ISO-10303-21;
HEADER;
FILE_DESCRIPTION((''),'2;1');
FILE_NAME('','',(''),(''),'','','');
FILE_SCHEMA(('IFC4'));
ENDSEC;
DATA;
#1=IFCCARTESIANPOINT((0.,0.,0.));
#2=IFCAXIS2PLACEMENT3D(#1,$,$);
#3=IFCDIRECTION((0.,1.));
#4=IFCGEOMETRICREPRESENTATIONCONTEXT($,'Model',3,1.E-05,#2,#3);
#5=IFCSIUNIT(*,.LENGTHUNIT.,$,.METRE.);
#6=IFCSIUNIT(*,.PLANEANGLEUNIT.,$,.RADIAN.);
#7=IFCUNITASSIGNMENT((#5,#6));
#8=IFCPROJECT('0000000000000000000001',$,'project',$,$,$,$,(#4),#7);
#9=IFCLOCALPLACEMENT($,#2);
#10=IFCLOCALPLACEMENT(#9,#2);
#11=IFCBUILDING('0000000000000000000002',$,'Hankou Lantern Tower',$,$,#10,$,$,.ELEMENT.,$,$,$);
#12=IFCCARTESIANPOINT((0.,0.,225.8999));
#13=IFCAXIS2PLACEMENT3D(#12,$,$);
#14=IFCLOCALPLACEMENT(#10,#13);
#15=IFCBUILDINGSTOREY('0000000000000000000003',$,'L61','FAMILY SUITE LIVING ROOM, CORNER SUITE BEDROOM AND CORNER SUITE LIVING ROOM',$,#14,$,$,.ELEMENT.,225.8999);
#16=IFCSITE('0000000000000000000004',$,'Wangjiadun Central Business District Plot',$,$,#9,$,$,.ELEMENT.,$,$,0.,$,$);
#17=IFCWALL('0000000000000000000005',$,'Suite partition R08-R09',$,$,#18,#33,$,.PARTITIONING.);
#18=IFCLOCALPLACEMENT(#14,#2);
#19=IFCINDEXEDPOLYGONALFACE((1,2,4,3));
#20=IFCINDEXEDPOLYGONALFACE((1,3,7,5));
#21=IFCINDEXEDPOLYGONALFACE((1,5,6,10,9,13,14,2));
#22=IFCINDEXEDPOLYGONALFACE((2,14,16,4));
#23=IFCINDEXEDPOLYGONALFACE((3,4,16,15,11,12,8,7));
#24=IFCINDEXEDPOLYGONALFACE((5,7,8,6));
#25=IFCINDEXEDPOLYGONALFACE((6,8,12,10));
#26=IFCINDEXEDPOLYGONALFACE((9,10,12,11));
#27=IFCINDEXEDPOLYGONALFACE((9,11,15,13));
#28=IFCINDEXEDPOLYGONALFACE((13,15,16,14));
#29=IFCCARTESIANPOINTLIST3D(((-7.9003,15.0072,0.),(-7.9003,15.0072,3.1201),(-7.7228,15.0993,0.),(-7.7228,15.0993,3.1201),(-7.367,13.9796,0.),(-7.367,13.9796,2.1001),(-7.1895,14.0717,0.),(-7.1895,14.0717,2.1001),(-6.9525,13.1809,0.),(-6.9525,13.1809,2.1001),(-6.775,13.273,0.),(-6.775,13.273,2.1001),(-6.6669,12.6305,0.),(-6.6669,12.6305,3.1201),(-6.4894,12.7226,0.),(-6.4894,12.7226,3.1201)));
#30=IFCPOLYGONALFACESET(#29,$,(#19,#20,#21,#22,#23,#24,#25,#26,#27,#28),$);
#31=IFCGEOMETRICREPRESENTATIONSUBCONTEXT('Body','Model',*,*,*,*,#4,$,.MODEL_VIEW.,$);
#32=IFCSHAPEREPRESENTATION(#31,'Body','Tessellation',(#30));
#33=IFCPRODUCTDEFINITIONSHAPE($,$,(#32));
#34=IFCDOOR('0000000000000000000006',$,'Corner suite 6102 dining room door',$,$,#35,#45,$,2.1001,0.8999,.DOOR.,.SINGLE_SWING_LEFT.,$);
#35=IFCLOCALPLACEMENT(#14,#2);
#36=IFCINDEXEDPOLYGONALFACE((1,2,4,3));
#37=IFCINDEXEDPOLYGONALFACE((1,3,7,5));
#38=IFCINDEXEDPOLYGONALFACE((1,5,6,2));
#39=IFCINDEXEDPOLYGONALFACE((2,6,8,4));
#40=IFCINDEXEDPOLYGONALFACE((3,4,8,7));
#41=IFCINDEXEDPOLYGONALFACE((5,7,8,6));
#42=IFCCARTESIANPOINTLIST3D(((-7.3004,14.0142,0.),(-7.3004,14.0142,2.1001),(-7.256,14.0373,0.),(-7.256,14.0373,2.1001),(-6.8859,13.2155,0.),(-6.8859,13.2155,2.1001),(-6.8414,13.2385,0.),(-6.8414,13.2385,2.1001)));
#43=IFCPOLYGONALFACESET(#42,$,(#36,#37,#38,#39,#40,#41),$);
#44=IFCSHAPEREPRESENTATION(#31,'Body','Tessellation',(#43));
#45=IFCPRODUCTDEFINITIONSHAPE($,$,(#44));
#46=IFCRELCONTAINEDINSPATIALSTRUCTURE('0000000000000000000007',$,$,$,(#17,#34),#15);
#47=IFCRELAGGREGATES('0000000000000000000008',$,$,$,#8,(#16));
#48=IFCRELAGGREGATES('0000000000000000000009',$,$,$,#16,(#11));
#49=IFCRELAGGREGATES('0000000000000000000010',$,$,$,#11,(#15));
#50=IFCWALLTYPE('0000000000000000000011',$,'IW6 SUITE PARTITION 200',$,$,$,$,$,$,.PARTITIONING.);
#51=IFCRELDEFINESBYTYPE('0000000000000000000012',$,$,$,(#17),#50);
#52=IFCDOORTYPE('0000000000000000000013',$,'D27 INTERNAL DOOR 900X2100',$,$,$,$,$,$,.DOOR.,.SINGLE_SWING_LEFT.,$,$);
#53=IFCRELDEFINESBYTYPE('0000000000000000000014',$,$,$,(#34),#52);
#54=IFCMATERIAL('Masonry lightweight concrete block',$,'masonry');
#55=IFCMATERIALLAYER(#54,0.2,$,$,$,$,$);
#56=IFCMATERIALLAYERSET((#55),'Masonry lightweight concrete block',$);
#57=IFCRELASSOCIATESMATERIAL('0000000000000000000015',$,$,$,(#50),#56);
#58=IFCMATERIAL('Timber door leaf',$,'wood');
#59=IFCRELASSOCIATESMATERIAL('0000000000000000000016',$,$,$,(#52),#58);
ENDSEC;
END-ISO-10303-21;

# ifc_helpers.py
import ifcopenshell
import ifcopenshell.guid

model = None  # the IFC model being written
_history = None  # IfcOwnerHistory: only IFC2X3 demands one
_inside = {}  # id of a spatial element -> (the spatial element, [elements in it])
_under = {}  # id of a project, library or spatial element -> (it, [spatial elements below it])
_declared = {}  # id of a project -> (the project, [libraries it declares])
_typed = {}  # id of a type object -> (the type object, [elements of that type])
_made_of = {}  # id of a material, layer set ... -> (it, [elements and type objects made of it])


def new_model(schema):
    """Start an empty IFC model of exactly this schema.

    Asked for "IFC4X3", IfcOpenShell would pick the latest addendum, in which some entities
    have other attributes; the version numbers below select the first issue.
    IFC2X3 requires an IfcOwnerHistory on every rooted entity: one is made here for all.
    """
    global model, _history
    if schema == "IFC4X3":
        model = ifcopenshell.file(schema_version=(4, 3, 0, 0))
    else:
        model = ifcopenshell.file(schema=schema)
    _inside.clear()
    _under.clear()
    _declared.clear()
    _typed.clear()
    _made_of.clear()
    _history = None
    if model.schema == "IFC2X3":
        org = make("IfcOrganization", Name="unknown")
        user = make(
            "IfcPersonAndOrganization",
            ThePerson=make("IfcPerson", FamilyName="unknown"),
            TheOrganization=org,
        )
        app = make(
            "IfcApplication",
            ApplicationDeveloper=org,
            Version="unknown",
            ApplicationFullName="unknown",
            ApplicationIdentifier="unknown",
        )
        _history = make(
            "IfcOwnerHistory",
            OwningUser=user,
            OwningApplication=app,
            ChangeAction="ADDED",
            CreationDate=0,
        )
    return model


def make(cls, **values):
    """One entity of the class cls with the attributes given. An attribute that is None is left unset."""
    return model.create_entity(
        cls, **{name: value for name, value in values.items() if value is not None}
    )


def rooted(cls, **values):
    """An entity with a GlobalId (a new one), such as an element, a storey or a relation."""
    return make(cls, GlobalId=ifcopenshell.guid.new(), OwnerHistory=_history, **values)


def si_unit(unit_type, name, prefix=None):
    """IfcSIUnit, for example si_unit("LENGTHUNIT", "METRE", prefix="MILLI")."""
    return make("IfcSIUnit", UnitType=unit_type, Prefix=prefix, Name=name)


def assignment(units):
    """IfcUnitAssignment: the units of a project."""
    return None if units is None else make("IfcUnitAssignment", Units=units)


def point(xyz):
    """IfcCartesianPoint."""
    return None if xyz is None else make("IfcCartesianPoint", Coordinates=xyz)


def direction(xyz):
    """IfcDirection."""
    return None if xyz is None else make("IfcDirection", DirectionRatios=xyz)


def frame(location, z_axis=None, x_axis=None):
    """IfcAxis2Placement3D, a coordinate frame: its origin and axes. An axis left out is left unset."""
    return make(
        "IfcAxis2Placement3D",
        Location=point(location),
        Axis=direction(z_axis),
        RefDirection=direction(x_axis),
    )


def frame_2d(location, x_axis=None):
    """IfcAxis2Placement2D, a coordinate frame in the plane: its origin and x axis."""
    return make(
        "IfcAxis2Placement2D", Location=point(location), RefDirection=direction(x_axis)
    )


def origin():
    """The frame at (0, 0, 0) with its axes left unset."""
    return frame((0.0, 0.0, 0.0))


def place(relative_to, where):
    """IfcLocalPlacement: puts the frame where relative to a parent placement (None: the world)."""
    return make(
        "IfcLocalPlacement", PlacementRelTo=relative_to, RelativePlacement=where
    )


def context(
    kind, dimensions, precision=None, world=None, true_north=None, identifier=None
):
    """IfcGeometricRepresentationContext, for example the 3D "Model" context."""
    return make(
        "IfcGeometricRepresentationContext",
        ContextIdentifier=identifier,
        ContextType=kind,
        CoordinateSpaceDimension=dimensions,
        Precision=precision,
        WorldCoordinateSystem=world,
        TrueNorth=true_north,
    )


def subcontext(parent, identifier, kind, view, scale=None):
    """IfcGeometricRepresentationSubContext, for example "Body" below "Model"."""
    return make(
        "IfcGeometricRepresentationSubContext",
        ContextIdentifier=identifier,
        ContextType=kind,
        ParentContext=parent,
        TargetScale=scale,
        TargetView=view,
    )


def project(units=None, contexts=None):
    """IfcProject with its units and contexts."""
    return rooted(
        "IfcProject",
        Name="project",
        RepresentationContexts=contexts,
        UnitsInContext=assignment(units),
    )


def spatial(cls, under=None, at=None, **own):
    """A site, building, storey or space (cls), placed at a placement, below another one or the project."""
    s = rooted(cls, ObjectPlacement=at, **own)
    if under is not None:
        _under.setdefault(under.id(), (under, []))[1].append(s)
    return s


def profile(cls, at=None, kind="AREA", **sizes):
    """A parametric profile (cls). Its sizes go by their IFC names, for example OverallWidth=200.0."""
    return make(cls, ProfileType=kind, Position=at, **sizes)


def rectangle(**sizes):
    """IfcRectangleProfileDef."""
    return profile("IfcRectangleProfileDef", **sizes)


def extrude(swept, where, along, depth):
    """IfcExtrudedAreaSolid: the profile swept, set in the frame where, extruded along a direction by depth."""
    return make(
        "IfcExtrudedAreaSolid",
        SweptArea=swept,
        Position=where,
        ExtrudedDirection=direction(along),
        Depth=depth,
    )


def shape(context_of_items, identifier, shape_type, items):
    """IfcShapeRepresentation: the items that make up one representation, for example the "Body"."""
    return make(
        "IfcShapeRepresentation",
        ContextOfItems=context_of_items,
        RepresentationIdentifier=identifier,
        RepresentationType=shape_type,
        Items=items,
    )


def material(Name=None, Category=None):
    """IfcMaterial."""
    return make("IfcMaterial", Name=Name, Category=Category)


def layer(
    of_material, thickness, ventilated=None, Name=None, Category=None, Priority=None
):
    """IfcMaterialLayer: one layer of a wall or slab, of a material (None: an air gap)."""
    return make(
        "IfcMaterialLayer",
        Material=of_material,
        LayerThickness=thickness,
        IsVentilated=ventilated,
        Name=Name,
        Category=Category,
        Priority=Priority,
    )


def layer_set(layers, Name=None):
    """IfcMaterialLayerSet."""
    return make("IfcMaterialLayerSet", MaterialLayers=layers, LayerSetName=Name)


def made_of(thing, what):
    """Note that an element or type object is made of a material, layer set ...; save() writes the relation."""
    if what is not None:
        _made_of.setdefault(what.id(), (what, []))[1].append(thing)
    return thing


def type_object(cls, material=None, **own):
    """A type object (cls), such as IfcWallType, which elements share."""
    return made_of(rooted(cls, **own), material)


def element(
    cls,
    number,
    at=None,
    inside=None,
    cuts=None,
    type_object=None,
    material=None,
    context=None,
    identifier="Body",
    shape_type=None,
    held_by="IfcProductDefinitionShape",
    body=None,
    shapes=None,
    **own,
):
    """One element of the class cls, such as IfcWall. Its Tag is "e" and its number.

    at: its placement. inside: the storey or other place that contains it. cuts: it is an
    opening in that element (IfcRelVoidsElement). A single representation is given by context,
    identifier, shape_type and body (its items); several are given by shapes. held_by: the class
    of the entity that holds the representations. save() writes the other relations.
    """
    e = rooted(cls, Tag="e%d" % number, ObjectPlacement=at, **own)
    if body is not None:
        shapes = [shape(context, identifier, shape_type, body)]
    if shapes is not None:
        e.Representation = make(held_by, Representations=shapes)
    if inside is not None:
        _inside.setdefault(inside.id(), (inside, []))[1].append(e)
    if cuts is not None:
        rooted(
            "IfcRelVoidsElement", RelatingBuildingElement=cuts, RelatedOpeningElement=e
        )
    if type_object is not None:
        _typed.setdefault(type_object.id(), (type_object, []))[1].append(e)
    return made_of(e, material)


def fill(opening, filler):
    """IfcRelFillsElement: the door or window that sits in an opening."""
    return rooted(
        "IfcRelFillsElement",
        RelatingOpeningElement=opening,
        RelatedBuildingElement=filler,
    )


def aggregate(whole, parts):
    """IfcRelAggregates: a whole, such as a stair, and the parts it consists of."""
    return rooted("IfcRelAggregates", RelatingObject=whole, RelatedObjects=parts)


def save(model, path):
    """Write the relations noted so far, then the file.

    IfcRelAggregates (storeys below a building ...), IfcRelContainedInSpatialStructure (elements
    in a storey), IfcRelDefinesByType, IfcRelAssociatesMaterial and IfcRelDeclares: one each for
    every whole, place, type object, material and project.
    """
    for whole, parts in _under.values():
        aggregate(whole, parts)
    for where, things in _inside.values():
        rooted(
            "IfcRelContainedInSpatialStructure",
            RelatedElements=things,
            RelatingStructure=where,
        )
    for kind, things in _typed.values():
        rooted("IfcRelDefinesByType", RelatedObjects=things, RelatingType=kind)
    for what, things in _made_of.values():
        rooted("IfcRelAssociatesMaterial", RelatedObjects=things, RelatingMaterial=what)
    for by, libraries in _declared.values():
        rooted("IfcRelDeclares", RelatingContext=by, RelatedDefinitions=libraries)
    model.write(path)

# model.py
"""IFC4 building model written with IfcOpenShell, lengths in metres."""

from ifc_helpers import new_model, si_unit, direction, frame, frame_2d, origin, place, context, subcontext, project, spatial, rectangle, extrude, material, layer, layer_set, type_object, element, fill, save


model = new_model("IFC4")

# Units and contexts
model_context = context("Model", 3, precision=1e-05, world=origin(), true_north=direction((0.0, 1.0)))
body_context = subcontext(model_context, "Body", "Model", "MODEL_VIEW")
ifc_project = project(units=[si_unit("LENGTHUNIT", "METRE"), si_unit("PLANEANGLEUNIT", "RADIAN")], contexts=[model_context])

# Site, building, storey
site_placement = place(None, origin())
site = spatial("IfcSite", under=ifc_project, at=site_placement, Name="Wangjiadun Central Business District Plot", CompositionType="ELEMENT", RefElevation=0.0)
building_placement = place(site_placement, origin())
building = spatial("IfcBuilding", under=site, at=building_placement, Name="Hankou Lantern Tower", CompositionType="ELEMENT")
storey_placement = place(building_placement, frame((0.0, 0.0, 225.8999)))
storey = spatial("IfcBuildingStorey", under=building, at=storey_placement, Name="L61", Description="FAMILY SUITE LIVING ROOM, CORNER SUITE BEDROOM AND CORNER SUITE LIVING ROOM", CompositionType="ELEMENT", Elevation=225.8999)

# Shared definitions
ifc_material_1 = material(Name="Masonry lightweight concrete block", Category="masonry")
ifc_layer_1 = layer(ifc_material_1, 0.2)
ifc_layer_set_1 = layer_set([ifc_layer_1], Name="Masonry lightweight concrete block")
wall_type_1 = type_object("IfcWallType", Name="IW6 SUITE PARTITION 200", PredefinedType="PARTITIONING", material=ifc_layer_set_1)
ifc_material_2 = material(Name="Timber door leaf", Category="wood")
door_type_1 = type_object("IfcDoorType", Name="D27 INTERNAL DOOR 900X2100", OperationType="SINGLE_SWING_LEFT", PredefinedType="DOOR", material=ifc_material_2)

# Wall, opening, door
wall_1_placement = place(storey_placement, frame((-6.5781, 12.6765, 0.0), z_axis=(0.0, 0.0, 1.0), x_axis=(-0.460621, 0.887597, 0.0)))
wall_1 = element("IfcWall", 1, at=wall_1_placement, inside=storey, type_object=wall_type_1, Name="Suite partition R08-R09", PredefinedType="PARTITIONING", context=body_context, shape_type="SweptSolid", body=[
    extrude(rectangle(XDim=2.6777, YDim=0.2, at=frame_2d((1.3389, 0.0))), origin(), (0.0, 0.0, 1.0), 3.1201),
])
opening_1_placement = place(wall_1_placement, frame((0.6201, 0.0, 0.0)))
opening_1 = element("IfcOpeningElement", 2, at=opening_1_placement, cuts=wall_1, PredefinedType="OPENING", context=body_context, shape_type="SweptSolid", body=[
    extrude(rectangle(XDim=0.8999, YDim=2.1001, at=frame_2d((0.45, 1.05))), frame((0.0, 0.1099, 0.0), z_axis=(0.0, -1.0, 0.0), x_axis=(1.0, 0.0, 0.0)), (0.0, 0.0, 1.0), 0.22),
])
door_1_placement = place(opening_1_placement, origin())
door_1 = element("IfcDoor", 3, at=door_1_placement, inside=storey, type_object=door_type_1, Name="Corner suite 6102 dining room door", OperationType="SINGLE_SWING_LEFT", OverallHeight=2.1001, OverallWidth=0.8999, PredefinedType="DOOR", context=body_context, shape_type="SweptSolid", body=[
    extrude(rectangle(XDim=0.8999, YDim=2.1001, at=frame_2d((0.45, 1.05))), frame((0.0, 0.0249, 0.0), z_axis=(0.0, -1.0, 0.0), x_axis=(1.0, 0.0, 0.0)), (0.0, 0.0, 1.0), 0.05),
])
fill(opening_1, door_1)

save(model, "model.ifc")
